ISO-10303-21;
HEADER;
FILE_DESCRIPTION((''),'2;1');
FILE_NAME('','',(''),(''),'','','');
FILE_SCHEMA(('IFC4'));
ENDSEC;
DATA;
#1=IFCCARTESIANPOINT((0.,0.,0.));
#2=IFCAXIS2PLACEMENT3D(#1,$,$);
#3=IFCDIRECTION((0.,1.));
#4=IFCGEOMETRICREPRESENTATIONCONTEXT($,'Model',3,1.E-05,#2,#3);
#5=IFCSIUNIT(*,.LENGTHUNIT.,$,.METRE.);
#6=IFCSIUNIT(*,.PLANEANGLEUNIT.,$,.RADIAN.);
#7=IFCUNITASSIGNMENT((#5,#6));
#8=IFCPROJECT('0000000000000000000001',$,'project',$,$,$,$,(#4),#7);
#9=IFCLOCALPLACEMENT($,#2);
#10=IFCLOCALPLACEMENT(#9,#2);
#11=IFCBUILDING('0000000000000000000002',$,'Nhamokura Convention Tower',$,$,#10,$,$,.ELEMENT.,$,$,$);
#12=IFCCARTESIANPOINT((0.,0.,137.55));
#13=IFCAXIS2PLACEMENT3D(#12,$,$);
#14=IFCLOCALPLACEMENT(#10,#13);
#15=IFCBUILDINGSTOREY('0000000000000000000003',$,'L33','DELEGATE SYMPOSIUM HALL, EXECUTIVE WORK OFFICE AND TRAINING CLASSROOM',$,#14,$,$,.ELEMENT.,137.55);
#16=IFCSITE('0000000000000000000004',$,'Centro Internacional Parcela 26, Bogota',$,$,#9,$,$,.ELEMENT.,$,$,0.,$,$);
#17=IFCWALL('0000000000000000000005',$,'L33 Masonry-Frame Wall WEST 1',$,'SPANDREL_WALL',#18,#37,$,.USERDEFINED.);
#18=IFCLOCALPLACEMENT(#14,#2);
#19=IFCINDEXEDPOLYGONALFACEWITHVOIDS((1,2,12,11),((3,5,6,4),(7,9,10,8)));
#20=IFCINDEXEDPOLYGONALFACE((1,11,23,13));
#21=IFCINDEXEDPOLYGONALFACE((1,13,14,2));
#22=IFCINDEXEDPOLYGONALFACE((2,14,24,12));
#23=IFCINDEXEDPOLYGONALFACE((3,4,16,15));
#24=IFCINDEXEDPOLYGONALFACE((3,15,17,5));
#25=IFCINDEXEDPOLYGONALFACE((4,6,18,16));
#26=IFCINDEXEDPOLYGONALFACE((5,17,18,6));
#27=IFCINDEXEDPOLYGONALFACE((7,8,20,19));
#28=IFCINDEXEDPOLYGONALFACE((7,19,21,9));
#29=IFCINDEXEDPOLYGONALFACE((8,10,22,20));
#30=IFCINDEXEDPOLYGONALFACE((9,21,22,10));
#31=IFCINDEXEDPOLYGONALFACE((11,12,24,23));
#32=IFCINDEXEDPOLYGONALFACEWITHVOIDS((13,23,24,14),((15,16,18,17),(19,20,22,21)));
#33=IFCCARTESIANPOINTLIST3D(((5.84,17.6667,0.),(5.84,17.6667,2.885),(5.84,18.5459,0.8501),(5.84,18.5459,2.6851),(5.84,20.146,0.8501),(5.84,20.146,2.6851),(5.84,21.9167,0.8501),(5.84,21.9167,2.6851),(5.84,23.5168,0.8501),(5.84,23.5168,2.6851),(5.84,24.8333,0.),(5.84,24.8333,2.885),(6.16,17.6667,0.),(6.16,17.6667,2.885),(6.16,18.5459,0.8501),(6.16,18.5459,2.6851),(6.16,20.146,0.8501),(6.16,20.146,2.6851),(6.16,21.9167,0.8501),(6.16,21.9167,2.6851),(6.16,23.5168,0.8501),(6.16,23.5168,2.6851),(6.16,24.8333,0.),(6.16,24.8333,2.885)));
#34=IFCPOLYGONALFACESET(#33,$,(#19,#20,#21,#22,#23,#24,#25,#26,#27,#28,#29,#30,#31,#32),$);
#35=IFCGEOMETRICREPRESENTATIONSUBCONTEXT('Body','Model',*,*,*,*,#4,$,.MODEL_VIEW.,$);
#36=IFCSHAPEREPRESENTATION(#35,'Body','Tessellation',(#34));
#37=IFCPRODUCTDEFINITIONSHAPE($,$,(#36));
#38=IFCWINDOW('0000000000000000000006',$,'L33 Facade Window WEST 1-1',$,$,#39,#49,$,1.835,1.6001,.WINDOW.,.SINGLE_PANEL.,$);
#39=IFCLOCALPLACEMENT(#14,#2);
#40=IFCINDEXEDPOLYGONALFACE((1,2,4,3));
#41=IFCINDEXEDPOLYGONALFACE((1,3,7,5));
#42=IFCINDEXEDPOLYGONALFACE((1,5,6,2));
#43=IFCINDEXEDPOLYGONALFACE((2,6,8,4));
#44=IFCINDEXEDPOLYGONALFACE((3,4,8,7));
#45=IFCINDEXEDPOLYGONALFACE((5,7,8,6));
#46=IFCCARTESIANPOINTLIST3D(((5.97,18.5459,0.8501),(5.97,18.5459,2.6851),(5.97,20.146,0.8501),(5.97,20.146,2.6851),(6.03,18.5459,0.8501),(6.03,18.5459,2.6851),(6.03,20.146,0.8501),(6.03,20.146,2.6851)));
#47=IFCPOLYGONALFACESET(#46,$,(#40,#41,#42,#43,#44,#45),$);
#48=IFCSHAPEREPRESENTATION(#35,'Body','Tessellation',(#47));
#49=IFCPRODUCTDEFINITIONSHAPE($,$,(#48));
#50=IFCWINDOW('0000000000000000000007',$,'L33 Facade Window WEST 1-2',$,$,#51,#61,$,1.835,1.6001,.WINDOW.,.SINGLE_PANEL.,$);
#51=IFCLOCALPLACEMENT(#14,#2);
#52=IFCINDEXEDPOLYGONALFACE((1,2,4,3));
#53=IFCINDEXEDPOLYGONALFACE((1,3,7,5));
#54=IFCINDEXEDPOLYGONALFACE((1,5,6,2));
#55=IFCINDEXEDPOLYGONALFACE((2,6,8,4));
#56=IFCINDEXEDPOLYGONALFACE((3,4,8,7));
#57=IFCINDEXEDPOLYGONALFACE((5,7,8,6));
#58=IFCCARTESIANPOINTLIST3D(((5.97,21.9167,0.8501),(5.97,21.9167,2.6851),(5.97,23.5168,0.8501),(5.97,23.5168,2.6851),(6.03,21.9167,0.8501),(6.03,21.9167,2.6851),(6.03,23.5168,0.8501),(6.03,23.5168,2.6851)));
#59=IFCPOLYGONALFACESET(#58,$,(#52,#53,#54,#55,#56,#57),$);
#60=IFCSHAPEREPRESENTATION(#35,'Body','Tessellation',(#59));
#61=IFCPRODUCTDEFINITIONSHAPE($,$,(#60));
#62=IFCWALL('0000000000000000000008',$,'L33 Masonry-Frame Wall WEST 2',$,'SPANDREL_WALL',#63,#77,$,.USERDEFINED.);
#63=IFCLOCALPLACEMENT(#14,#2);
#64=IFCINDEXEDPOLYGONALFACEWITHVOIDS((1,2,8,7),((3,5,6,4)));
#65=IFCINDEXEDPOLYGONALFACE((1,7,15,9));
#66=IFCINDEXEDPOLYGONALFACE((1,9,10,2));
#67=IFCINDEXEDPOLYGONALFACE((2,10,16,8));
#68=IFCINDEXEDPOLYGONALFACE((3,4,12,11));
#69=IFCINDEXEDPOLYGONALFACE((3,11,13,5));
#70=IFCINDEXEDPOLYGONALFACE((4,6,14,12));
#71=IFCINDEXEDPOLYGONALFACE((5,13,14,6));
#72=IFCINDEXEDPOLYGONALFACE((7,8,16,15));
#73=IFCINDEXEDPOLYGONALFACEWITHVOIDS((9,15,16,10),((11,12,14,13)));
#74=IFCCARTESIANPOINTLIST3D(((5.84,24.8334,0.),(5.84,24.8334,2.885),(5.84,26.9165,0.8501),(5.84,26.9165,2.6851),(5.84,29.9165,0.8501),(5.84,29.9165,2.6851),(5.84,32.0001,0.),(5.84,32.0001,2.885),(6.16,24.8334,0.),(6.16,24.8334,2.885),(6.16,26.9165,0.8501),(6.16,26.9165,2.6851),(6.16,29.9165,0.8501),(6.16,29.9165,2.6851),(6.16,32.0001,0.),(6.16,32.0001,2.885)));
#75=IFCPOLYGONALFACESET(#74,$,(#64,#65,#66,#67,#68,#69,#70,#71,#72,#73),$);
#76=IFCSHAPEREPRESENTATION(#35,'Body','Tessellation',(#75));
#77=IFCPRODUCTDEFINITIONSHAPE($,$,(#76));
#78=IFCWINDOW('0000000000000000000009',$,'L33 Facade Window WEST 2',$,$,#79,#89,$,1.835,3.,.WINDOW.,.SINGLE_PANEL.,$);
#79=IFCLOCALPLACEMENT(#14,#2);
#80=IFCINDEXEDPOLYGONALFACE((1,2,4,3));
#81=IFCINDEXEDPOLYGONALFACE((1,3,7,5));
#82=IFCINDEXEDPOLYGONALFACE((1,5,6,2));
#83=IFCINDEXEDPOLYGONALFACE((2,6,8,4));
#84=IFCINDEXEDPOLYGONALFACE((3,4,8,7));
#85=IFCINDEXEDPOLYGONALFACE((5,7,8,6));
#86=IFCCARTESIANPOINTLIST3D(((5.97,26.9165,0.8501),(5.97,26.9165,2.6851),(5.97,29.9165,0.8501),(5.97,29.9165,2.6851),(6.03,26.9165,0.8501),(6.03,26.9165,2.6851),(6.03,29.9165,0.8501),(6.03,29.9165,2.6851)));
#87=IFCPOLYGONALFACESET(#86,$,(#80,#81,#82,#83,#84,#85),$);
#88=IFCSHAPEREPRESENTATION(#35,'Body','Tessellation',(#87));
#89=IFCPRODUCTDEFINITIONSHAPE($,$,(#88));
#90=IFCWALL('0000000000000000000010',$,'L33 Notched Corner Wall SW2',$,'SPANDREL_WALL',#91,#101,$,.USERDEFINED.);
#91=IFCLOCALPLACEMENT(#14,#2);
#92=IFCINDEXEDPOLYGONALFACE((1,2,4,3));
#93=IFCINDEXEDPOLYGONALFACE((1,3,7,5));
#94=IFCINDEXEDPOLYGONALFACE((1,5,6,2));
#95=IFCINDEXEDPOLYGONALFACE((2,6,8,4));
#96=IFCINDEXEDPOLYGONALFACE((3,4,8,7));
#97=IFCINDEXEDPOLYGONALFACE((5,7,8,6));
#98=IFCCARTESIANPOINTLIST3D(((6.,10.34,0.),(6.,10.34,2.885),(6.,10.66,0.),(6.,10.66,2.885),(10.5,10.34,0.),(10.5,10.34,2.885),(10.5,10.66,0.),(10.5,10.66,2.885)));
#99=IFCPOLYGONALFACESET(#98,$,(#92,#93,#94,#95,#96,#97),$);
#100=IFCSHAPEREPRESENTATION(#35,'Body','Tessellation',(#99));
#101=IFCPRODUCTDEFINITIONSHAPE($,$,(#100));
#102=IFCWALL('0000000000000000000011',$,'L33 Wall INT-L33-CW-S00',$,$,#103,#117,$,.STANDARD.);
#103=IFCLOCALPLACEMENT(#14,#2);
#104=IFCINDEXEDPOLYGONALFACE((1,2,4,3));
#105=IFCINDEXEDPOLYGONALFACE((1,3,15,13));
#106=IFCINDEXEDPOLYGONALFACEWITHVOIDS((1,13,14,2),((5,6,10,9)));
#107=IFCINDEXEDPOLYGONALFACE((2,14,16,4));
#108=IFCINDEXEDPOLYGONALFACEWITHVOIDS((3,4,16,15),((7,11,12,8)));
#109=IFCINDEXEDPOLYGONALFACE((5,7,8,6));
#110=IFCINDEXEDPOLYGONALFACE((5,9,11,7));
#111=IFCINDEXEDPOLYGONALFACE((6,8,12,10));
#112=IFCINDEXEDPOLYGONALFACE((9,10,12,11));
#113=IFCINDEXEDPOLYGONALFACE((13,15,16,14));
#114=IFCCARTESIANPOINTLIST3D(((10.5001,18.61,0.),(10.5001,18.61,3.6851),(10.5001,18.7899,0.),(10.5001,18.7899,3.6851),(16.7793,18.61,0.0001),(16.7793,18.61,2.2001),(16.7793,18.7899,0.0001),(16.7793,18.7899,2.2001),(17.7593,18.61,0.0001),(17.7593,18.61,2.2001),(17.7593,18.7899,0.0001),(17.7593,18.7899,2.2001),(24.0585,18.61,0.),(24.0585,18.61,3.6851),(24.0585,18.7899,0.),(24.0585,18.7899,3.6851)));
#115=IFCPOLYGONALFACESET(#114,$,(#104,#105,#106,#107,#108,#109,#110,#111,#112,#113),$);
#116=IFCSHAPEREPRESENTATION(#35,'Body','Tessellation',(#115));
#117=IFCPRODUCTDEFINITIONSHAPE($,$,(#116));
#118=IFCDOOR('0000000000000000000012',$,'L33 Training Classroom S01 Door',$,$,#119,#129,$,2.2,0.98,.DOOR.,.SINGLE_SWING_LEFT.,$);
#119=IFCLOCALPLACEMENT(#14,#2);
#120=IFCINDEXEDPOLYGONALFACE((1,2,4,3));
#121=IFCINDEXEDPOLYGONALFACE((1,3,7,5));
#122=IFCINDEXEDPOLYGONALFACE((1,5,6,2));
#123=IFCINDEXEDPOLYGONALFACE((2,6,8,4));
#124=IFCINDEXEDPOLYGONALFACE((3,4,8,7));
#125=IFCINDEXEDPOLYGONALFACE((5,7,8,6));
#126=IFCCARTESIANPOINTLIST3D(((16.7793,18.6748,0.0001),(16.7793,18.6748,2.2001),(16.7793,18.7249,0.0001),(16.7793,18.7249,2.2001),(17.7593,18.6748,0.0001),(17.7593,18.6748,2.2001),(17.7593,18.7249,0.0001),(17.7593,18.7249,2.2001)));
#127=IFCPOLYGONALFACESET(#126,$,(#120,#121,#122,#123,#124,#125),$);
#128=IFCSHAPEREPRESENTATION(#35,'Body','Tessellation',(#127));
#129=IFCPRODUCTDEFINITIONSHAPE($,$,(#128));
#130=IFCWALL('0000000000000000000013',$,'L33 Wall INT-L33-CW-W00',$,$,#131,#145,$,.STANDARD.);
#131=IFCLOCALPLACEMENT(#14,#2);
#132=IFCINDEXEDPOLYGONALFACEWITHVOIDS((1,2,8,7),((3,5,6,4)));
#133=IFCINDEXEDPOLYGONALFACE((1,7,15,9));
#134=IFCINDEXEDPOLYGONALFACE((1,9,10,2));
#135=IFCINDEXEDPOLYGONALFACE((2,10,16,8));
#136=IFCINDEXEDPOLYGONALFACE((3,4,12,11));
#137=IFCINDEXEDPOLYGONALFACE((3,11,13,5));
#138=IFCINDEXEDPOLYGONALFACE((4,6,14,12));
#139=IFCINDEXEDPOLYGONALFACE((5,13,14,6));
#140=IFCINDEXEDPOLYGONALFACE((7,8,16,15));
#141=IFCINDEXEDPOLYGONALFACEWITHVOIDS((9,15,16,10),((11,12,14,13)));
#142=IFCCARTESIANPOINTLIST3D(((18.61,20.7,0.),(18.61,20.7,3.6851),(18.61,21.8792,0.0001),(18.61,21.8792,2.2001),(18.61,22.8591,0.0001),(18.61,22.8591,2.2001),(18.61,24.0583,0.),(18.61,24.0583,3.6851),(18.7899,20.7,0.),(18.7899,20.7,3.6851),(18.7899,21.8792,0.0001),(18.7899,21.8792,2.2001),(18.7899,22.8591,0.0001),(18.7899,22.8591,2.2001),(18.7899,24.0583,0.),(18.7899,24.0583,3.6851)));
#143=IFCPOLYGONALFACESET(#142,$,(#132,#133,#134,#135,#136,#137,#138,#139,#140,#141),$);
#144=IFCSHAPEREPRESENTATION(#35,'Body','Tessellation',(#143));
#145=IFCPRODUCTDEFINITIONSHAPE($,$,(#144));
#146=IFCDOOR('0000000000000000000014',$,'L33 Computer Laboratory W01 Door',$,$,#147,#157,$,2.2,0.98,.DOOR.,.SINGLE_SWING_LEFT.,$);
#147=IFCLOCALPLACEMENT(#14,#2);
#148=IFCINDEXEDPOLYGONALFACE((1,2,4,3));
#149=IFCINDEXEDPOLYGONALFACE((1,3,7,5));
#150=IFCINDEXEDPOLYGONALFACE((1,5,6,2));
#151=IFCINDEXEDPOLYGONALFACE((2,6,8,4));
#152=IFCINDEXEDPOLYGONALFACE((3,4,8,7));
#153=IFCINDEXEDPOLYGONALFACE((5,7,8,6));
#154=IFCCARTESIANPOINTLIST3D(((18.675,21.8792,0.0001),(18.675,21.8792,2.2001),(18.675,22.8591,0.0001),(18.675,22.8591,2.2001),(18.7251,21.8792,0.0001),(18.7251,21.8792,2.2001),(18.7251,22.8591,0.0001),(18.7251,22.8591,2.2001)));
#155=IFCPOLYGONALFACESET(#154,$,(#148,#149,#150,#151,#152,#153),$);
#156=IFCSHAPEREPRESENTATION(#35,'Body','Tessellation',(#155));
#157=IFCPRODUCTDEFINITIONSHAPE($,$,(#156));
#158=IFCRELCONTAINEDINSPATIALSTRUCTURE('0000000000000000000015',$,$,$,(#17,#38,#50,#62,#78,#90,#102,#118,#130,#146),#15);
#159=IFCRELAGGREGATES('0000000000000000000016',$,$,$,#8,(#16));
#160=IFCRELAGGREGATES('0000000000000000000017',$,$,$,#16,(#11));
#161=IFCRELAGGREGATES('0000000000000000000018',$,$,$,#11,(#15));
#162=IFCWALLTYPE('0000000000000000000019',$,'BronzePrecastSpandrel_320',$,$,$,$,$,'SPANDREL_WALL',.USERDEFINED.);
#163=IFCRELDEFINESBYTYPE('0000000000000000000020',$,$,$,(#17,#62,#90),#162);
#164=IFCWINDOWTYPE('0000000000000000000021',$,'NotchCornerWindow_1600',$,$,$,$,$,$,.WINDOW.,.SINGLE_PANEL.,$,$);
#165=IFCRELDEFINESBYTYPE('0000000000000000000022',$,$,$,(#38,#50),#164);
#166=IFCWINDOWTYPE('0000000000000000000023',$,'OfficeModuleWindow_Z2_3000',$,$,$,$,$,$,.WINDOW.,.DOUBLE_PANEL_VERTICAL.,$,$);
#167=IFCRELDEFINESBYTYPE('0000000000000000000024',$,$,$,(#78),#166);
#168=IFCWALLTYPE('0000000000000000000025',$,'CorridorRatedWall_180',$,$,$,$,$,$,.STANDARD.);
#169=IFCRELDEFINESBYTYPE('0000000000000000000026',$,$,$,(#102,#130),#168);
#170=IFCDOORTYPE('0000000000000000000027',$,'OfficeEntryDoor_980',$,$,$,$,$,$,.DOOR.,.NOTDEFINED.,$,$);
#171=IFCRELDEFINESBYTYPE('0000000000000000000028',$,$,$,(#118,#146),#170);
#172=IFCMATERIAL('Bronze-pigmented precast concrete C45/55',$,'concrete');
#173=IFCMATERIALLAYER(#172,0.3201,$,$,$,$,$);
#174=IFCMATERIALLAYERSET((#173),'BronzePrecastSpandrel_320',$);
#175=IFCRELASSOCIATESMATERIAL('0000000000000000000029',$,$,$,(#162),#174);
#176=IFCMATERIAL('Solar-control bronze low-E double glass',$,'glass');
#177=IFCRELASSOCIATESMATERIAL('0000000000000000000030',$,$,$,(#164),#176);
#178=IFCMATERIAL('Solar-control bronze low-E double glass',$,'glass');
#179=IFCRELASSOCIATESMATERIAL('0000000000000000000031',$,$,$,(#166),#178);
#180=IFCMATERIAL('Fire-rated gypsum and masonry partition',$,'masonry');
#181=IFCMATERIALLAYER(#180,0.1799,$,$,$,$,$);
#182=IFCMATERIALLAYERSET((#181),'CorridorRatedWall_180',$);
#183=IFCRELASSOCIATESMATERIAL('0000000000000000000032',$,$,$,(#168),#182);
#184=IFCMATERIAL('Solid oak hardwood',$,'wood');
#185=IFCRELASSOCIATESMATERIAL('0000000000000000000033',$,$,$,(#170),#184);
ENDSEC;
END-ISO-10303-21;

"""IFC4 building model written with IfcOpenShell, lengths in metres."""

from ifc_helpers import new_model, si_unit, direction, frame, frame_2d, origin, place, context, subcontext, project, spatial, rectangle, extrude, material, layer, layer_set, type_object, element, fill, save


model = new_model("IFC4")

# Units and contexts
model_context = context("Model", 3, precision=1e-05, world=origin(), true_north=direction((0.0, 1.0)))
body_context = subcontext(model_context, "Body", "Model", "MODEL_VIEW")
ifc_project = project(units=[si_unit("LENGTHUNIT", "METRE"), si_unit("PLANEANGLEUNIT", "RADIAN")], contexts=[model_context])

# Site, building, storey
site_placement = place(None, origin())
site = spatial("IfcSite", under=ifc_project, at=site_placement, Name="Centro Internacional Parcela 26, Bogota", CompositionType="ELEMENT", RefElevation=0.0)
building_placement = place(site_placement, origin())
building = spatial("IfcBuilding", under=site, at=building_placement, Name="Nhamokura Convention Tower", CompositionType="ELEMENT")
storey_placement = place(building_placement, frame((0.0, 0.0, 137.55)))
storey = spatial("IfcBuildingStorey", under=building, at=storey_placement, Name="L33", Description="DELEGATE SYMPOSIUM HALL, EXECUTIVE WORK OFFICE AND TRAINING CLASSROOM", CompositionType="ELEMENT", Elevation=137.55)

# Wall, openings, windows
ifc_material_1 = material(Name="Bronze-pigmented precast concrete C45/55", Category="concrete")
ifc_layer_1 = layer(ifc_material_1, 0.3201)
ifc_layer_set_1 = layer_set([ifc_layer_1], Name="BronzePrecastSpandrel_320")
wall_type_1 = type_object("IfcWallType", Name="BronzePrecastSpandrel_320", ElementType="SPANDREL_WALL", PredefinedType="USERDEFINED", material=ifc_layer_set_1)
wall_1_placement = place(storey_placement, frame((6.0, 17.6667, 0.0), z_axis=(0.0, 0.0, 1.0), x_axis=(0.0, 1.0, 0.0)))
wall_1 = element("IfcWall", 1, at=wall_1_placement, inside=storey, type_object=wall_type_1, Name="L33 Masonry-Frame Wall WEST 1", ObjectType="SPANDREL_WALL", PredefinedType="USERDEFINED", context=body_context, shape_type="SweptSolid", body=[
    extrude(rectangle(XDim=7.1665, YDim=0.3201, at=frame_2d((3.5833, 0.0))), origin(), (0.0, 0.0, 1.0), 2.885),
])
opening_1_placement = place(wall_1_placement, frame((0.8792, 0.0, 0.8501)))
opening_1 = element("IfcOpeningElement", 2, at=opening_1_placement, cuts=wall_1, PredefinedType="OPENING", context=body_context, shape_type="SweptSolid", body=[
    extrude(rectangle(XDim=1.6001, YDim=1.835, at=frame_2d((0.8, 0.9175))), frame((0.0, 0.1699, 0.0), z_axis=(0.0, -1.0, 0.0), x_axis=(1.0, 0.0, 0.0)), (0.0, 0.0, 1.0), 0.3401),
])
opening_2_placement = place(wall_1_placement, frame((4.25, 0.0, 0.8501)))
opening_2 = element("IfcOpeningElement", 3, at=opening_2_placement, cuts=wall_1, PredefinedType="OPENING", context=body_context, shape_type="SweptSolid", body=[
    extrude(rectangle(XDim=1.6001, YDim=1.835, at=frame_2d((0.8, 0.9175))), frame((0.0, 0.1699, 0.0), z_axis=(0.0, -1.0, 0.0), x_axis=(1.0, 0.0, 0.0)), (0.0, 0.0, 1.0), 0.3401),
])
ifc_material_2 = material(Name="Solar-control bronze low-E double glass", Category="glass")
window_type_1 = type_object("IfcWindowType", Name="NotchCornerWindow_1600", PartitioningType="SINGLE_PANEL", PredefinedType="WINDOW", material=ifc_material_2)
window_1_placement = place(opening_1_placement, origin())
window_1 = element("IfcWindow", 4, at=window_1_placement, inside=storey, type_object=window_type_1, Name="L33 Facade Window WEST 1-1", OverallHeight=1.835, OverallWidth=1.6001, PartitioningType="SINGLE_PANEL", PredefinedType="WINDOW", context=body_context, shape_type="SweptSolid", body=[
    extrude(rectangle(XDim=1.6001, YDim=1.835, at=frame_2d((0.8, 0.9175))), frame((0.0, 0.03, 0.0), z_axis=(0.0, -1.0, 0.0), x_axis=(1.0, 0.0, 0.0)), (0.0, 0.0, 1.0), 0.0601),
])
fill(opening_1, window_1)
window_2_placement = place(opening_2_placement, origin())
window_2 = element("IfcWindow", 5, at=window_2_placement, inside=storey, type_object=window_type_1, Name="L33 Facade Window WEST 1-2", OverallHeight=1.835, OverallWidth=1.6001, PartitioningType="SINGLE_PANEL", PredefinedType="WINDOW", context=body_context, shape_type="SweptSolid", body=[
    extrude(rectangle(XDim=1.6001, YDim=1.835, at=frame_2d((0.8, 0.9175))), frame((0.0, 0.03, 0.0), z_axis=(0.0, -1.0, 0.0), x_axis=(1.0, 0.0, 0.0)), (0.0, 0.0, 1.0), 0.0601),
])
fill(opening_2, window_2)

# Wall, opening, window
wall_2_placement = place(storey_placement, frame((6.0, 24.8333, 0.0), z_axis=(0.0, 0.0, 1.0), x_axis=(0.0, 1.0, 0.0)))
wall_2 = element("IfcWall", 6, at=wall_2_placement, inside=storey, type_object=wall_type_1, Name="L33 Masonry-Frame Wall WEST 2", ObjectType="SPANDREL_WALL", PredefinedType="USERDEFINED", context=body_context, shape_type="SweptSolid", body=[
    extrude(rectangle(XDim=7.1667, YDim=0.3201, at=frame_2d((3.5835, 0.0))), origin(), (0.0, 0.0, 1.0), 2.885),
])
opening_3_placement = place(wall_2_placement, frame((2.0833, 0.0, 0.8501)))
opening_3 = element("IfcOpeningElement", 7, at=opening_3_placement, cuts=wall_2, PredefinedType="OPENING", context=body_context, shape_type="SweptSolid", body=[
    extrude(rectangle(XDim=3.0, YDim=1.835, at=frame_2d((1.5, 0.9175))), frame((0.0, 0.1699, 0.0), z_axis=(0.0, -1.0, 0.0), x_axis=(1.0, 0.0, 0.0)), (0.0, 0.0, 1.0), 0.3401),
])
ifc_material_3 = material(Name="Solar-control bronze low-E double glass", Category="glass")
window_type_2 = type_object("IfcWindowType", Name="OfficeModuleWindow_Z2_3000", PartitioningType="DOUBLE_PANEL_VERTICAL", PredefinedType="WINDOW", material=ifc_material_3)
window_3_placement = place(opening_3_placement, origin())
window_3 = element("IfcWindow", 8, at=window_3_placement, inside=storey, type_object=window_type_2, Name="L33 Facade Window WEST 2", OverallHeight=1.835, OverallWidth=3.0, PartitioningType="SINGLE_PANEL", PredefinedType="WINDOW", context=body_context, shape_type="SweptSolid", body=[
    extrude(rectangle(XDim=3.0, YDim=1.835, at=frame_2d((1.5, 0.9175))), frame((0.0, 0.03, 0.0), z_axis=(0.0, -1.0, 0.0), x_axis=(1.0, 0.0, 0.0)), (0.0, 0.0, 1.0), 0.0601),
])
fill(opening_3, window_3)

# Wall
wall_3_placement = place(storey_placement, frame((10.5, 10.5, 0.0), z_axis=(0.0, 0.0, 1.0), x_axis=(-1.0, 0.0, 0.0)))
element("IfcWall", 9, at=wall_3_placement, inside=storey, type_object=wall_type_1, Name="L33 Notched Corner Wall SW2", ObjectType="SPANDREL_WALL", PredefinedType="USERDEFINED", context=body_context, shape_type="SweptSolid", body=[
    extrude(rectangle(XDim=4.5, YDim=0.3201, at=frame_2d((2.25, 0.0))), origin(), (0.0, 0.0, 1.0), 2.885),
])

# Walls, openings, doors
ifc_material_4 = material(Name="Fire-rated gypsum and masonry partition", Category="masonry")
ifc_layer_2 = layer(ifc_material_4, 0.1799)
ifc_layer_set_2 = layer_set([ifc_layer_2], Name="CorridorRatedWall_180")
wall_type_2 = type_object("IfcWallType", Name="CorridorRatedWall_180", PredefinedType="STANDARD", material=ifc_layer_set_2)
wall_4_placement = place(storey_placement, frame((10.5, 18.7, 0.0), z_axis=(0.0, 0.0, 1.0), x_axis=(1.0, 0.0, 0.0)))
wall_4 = element("IfcWall", 10, at=wall_4_placement, inside=storey, type_object=wall_type_2, Name="L33 Wall INT-L33-CW-S00", PredefinedType="STANDARD", context=body_context, shape_type="SweptSolid", body=[
    extrude(rectangle(XDim=13.5583, YDim=0.1799, at=frame_2d((6.7793, 0.0))), origin(), (0.0, 0.0, 1.0), 3.6851),
])
opening_4_placement = place(wall_4_placement, frame((6.2793, 0.0, 0.0)))
opening_4 = element("IfcOpeningElement", 11, at=opening_4_placement, cuts=wall_4, PredefinedType="OPENING", context=body_context, shape_type="SweptSolid", body=[
    extrude(rectangle(XDim=0.98, YDim=2.2, at=frame_2d((0.49, 1.1001))), frame((0.0, 0.0999, 0.0), z_axis=(0.0, -1.0, 0.0), x_axis=(1.0, 0.0, 0.0)), (0.0, 0.0, 1.0), 0.2),
])
ifc_material_5 = material(Name="Solid oak hardwood", Category="wood")
door_type = type_object("IfcDoorType", Name="OfficeEntryDoor_980", OperationType="NOTDEFINED", PredefinedType="DOOR", material=ifc_material_5)
door_1_placement = place(opening_4_placement, origin())
door_1 = element("IfcDoor", 12, at=door_1_placement, inside=storey, type_object=door_type, Name="L33 Training Classroom S01 Door", OperationType="SINGLE_SWING_LEFT", OverallHeight=2.2, OverallWidth=0.98, PredefinedType="DOOR", context=body_context, shape_type="SweptSolid", body=[
    extrude(rectangle(XDim=0.98, YDim=2.2, at=frame_2d((0.49, 1.1001))), frame((0.0, 0.0249, 0.0), z_axis=(0.0, -1.0, 0.0), x_axis=(1.0, 0.0, 0.0)), (0.0, 0.0, 1.0), 0.05),
])
fill(opening_4, door_1)
wall_5_placement = place(storey_placement, frame((18.7, 20.7, 0.0), z_axis=(0.0, 0.0, 1.0), x_axis=(0.0, 1.0, 0.0)))
wall_5 = element("IfcWall", 13, at=wall_5_placement, inside=storey, type_object=wall_type_2, Name="L33 Wall INT-L33-CW-W00", PredefinedType="STANDARD", context=body_context, shape_type="SweptSolid", body=[
    extrude(rectangle(XDim=3.3584, YDim=0.1799, at=frame_2d((1.6792, 0.0))), origin(), (0.0, 0.0, 1.0), 3.6851),
])
opening_5_placement = place(wall_5_placement, frame((1.1792, 0.0, 0.0)))
opening_5 = element("IfcOpeningElement", 14, at=opening_5_placement, cuts=wall_5, PredefinedType="OPENING", context=body_context, shape_type="SweptSolid", body=[
    extrude(rectangle(XDim=0.98, YDim=2.2, at=frame_2d((0.49, 1.1001))), frame((0.0, 0.0999, 0.0), z_axis=(0.0, -1.0, 0.0), x_axis=(1.0, 0.0, 0.0)), (0.0, 0.0, 1.0), 0.2),
])
door_2_placement = place(opening_5_placement, origin())
door_2 = element("IfcDoor", 15, at=door_2_placement, inside=storey, type_object=door_type, Name="L33 Computer Laboratory W01 Door", OperationType="SINGLE_SWING_LEFT", OverallHeight=2.2, OverallWidth=0.98, PredefinedType="DOOR", context=body_context, shape_type="SweptSolid", body=[
    extrude(rectangle(XDim=0.98, YDim=2.2, at=frame_2d((0.49, 1.1001))), frame((0.0, 0.0249, 0.0), z_axis=(0.0, -1.0, 0.0), x_axis=(1.0, 0.0, 0.0)), (0.0, 0.0, 1.0), 0.05),
])
fill(opening_5, door_2)

save(model, "model.ifc")
